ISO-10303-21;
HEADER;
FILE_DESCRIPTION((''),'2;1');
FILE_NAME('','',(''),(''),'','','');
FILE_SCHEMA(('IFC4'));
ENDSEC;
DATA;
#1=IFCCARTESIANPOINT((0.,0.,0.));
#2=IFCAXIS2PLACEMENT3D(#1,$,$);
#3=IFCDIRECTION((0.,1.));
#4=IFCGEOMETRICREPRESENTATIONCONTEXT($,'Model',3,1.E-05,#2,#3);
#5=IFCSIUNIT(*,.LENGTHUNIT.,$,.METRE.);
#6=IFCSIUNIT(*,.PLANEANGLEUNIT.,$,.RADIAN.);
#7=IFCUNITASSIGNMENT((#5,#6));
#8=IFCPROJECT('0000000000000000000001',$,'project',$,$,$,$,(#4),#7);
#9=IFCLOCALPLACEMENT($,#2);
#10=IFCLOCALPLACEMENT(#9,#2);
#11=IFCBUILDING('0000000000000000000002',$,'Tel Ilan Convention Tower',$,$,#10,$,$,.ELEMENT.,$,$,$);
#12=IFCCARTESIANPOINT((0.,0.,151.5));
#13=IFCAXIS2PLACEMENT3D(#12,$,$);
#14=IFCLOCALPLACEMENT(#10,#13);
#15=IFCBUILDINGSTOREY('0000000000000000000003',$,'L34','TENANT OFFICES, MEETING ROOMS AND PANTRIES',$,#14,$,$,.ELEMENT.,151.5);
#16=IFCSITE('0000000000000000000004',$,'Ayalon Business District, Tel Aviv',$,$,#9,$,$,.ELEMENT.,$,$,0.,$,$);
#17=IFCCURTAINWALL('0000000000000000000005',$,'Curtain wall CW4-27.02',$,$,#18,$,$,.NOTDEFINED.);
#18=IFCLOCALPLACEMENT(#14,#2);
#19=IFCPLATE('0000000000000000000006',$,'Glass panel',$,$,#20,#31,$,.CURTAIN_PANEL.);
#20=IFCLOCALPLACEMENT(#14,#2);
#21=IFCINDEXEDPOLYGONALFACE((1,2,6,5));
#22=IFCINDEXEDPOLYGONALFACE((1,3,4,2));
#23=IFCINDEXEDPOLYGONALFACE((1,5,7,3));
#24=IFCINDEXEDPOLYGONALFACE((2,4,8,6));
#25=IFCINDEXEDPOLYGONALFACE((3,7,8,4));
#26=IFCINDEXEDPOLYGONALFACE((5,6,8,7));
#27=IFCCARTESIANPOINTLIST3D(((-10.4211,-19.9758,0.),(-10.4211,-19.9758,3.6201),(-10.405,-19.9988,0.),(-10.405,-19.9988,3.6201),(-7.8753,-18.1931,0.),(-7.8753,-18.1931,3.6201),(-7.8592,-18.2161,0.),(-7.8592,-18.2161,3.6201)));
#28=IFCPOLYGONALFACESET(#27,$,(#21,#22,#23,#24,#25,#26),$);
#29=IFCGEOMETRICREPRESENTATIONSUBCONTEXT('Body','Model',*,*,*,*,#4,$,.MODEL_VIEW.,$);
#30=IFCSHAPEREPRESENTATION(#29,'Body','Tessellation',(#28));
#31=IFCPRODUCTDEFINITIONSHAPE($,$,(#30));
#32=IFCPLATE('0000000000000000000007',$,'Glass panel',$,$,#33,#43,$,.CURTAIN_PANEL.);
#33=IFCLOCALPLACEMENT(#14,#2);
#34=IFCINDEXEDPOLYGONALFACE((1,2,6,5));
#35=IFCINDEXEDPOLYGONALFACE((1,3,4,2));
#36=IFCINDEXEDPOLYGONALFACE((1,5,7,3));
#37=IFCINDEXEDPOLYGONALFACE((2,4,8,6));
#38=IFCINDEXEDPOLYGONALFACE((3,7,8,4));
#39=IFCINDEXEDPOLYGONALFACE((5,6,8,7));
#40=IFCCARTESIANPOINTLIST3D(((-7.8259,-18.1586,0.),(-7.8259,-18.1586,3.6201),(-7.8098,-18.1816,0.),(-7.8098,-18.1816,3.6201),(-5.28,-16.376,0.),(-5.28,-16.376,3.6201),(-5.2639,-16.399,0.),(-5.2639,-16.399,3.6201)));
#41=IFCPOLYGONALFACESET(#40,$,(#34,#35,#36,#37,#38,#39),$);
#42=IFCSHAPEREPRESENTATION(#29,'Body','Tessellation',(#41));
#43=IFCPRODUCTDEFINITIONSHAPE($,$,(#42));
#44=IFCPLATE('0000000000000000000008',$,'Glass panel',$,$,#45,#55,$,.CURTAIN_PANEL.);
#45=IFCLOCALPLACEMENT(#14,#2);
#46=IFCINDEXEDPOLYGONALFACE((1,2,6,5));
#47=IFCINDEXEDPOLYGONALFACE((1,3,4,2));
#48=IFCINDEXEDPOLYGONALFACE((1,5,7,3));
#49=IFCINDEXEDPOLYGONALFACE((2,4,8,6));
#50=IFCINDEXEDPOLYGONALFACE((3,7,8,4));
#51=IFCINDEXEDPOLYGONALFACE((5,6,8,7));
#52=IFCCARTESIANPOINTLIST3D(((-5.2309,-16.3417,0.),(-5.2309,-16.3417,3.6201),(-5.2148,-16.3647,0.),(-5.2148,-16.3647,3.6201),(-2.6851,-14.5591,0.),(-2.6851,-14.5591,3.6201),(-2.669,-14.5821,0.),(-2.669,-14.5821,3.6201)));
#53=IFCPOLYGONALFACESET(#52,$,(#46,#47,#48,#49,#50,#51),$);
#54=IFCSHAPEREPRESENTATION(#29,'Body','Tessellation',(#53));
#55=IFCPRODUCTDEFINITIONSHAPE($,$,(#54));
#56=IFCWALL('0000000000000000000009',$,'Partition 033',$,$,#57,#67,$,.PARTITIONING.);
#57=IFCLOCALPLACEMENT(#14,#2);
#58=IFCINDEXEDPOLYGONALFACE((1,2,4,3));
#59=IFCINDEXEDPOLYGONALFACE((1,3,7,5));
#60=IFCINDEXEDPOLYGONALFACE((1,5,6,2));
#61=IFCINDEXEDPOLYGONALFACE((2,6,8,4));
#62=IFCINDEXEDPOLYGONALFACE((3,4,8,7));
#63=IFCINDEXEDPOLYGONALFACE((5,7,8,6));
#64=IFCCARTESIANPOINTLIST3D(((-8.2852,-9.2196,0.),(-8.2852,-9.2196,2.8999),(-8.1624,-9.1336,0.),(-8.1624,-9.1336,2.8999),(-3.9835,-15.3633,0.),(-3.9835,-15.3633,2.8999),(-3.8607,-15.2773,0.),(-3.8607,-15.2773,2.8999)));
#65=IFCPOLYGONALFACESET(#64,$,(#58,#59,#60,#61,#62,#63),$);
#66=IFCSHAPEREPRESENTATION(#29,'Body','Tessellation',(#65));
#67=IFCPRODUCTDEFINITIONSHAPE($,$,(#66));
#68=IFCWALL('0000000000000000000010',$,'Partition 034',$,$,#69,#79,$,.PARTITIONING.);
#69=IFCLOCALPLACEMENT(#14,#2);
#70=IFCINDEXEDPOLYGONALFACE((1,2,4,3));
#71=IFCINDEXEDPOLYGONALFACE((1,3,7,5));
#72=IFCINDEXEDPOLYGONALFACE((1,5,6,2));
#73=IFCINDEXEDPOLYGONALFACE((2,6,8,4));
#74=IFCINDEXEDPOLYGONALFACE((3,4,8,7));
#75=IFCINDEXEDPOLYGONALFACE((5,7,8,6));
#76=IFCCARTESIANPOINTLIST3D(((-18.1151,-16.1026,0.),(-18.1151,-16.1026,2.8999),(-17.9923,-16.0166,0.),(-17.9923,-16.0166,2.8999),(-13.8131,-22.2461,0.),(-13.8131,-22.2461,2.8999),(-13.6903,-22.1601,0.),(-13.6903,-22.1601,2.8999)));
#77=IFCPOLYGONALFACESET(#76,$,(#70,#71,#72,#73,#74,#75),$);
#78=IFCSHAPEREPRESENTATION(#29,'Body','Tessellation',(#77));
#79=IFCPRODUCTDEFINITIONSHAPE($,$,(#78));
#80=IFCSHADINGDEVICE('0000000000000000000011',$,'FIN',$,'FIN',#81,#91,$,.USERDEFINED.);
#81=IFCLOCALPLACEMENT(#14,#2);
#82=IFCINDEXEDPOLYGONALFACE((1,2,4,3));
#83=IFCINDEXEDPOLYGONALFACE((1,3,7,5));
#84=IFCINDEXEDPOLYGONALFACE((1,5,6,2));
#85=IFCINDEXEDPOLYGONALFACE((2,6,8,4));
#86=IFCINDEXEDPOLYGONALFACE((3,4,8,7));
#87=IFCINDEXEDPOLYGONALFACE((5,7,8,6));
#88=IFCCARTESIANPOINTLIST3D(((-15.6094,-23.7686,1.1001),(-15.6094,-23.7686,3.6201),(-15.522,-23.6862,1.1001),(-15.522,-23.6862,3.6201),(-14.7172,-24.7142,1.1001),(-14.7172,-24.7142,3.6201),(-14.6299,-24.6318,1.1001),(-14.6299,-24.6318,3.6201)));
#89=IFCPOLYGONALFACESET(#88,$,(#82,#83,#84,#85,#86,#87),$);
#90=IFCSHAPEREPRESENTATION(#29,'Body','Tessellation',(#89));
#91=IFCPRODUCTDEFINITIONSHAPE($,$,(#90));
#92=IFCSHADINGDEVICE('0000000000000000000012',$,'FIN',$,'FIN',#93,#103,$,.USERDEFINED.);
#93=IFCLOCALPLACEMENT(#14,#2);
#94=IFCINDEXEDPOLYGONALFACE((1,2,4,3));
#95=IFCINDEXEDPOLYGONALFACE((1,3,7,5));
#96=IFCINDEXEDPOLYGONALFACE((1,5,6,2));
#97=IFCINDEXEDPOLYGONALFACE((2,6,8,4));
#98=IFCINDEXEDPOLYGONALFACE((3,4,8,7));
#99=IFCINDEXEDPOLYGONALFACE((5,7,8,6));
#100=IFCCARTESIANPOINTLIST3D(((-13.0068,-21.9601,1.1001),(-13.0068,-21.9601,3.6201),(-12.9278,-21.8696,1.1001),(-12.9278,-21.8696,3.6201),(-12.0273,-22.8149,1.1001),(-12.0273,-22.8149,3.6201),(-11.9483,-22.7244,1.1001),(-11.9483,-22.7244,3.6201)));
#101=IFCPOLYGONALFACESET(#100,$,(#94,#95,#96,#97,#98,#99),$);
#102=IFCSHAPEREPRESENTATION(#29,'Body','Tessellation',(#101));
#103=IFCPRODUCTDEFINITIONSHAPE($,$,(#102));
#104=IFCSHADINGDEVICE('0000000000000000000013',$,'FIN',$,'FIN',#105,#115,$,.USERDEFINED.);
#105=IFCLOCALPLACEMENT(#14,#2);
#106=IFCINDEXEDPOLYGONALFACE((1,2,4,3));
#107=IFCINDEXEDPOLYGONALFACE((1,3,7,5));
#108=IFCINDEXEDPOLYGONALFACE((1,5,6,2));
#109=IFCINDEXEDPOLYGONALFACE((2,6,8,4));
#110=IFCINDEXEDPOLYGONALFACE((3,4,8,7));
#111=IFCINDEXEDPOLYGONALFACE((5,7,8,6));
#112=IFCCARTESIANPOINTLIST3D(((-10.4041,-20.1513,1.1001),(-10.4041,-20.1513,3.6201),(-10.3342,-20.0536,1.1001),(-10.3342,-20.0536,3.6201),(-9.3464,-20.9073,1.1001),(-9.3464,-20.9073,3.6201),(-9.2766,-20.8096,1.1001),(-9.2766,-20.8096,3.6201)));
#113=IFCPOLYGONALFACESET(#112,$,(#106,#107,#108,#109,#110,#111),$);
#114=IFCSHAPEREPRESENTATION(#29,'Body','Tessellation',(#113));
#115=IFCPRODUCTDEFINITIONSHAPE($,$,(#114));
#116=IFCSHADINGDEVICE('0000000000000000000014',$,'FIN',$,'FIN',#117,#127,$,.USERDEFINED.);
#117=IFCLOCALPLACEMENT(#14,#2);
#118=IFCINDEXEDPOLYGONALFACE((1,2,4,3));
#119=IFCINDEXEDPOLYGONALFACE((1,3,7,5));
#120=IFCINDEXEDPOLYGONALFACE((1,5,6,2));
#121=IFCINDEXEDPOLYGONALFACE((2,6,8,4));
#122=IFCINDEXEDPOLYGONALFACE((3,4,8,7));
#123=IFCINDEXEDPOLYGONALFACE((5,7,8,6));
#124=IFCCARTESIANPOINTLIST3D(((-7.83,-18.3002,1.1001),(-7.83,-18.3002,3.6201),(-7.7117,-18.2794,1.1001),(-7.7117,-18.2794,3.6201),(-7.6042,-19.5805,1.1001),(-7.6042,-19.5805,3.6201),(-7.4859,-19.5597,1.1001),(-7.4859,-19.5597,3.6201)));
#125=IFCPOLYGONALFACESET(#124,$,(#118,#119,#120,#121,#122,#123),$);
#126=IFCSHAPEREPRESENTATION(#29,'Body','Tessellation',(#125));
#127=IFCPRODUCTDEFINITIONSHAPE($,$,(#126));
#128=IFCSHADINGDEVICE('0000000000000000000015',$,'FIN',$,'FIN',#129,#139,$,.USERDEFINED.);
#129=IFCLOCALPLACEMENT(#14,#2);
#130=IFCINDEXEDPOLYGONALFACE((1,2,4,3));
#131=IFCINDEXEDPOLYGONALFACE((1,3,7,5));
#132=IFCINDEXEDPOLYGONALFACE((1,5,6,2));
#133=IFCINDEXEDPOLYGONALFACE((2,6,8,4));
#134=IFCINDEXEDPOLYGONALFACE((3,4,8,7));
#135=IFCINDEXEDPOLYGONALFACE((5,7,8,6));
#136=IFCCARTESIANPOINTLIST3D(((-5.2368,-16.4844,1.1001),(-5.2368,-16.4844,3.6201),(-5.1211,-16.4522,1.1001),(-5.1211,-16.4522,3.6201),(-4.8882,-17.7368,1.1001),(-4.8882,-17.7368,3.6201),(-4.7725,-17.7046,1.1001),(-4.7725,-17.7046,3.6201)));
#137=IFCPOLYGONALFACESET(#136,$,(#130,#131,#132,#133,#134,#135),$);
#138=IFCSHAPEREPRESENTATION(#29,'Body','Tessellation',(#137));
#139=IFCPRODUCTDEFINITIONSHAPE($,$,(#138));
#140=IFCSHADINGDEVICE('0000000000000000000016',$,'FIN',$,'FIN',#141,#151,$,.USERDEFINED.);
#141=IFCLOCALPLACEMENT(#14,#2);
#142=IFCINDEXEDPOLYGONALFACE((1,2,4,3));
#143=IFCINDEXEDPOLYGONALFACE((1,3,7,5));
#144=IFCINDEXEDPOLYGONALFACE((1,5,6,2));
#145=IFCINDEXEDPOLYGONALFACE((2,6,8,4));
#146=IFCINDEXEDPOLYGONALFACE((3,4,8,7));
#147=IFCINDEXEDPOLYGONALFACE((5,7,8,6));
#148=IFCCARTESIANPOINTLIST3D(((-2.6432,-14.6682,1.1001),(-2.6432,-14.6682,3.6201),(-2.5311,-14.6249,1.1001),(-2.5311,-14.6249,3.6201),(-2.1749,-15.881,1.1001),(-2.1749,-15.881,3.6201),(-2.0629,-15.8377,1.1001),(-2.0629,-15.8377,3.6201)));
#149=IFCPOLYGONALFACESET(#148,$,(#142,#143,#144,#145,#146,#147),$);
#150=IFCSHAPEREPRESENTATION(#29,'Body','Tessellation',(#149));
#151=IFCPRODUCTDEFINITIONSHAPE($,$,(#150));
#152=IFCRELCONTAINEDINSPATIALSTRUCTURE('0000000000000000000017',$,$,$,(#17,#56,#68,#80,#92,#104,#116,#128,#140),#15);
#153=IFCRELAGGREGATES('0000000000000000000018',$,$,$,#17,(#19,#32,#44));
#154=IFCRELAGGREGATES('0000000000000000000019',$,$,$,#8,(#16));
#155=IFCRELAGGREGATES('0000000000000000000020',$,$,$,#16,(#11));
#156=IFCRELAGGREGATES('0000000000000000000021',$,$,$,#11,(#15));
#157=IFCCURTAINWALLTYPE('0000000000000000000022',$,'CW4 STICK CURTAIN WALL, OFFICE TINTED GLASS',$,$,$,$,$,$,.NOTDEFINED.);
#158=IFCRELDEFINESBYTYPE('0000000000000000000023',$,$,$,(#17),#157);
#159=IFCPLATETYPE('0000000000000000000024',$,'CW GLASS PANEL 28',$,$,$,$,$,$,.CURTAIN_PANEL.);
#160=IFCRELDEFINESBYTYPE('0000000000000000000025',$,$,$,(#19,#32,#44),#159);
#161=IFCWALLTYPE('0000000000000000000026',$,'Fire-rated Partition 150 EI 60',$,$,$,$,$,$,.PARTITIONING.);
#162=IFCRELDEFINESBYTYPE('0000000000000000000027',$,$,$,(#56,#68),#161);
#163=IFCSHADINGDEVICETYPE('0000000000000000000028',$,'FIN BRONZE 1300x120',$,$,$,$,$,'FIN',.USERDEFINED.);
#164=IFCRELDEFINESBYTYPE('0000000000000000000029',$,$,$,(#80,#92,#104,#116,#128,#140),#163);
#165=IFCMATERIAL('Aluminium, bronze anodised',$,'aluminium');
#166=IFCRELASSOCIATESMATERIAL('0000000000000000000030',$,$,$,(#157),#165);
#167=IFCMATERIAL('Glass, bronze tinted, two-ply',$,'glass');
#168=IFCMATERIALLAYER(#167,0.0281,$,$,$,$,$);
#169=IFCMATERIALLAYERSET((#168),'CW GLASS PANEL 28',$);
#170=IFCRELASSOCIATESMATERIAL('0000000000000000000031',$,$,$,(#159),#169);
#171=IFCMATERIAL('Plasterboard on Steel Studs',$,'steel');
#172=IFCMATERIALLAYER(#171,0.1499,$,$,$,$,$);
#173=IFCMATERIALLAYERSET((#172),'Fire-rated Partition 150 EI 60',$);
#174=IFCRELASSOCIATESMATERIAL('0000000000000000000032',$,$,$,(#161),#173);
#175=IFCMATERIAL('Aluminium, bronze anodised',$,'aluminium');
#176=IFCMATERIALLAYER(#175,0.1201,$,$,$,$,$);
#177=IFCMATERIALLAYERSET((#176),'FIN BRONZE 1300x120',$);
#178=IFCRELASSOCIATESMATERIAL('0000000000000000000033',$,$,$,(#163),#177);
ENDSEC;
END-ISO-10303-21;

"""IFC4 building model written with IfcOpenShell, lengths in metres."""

from ifc_helpers import new_model, si_unit, direction, frame, frame_2d, origin, origin_2d, place, context, subcontext, project, spatial, rectangle, extrude, material, layer, layer_set, type_object, element, aggregate, save


model = new_model("IFC4")

# Units and contexts
model_context = context("Model", 3, precision=1e-05, world=origin(), true_north=direction((0.0, 1.0)))
body_context = subcontext(model_context, "Body", "Model", "MODEL_VIEW")
ifc_project = project(units=[si_unit("LENGTHUNIT", "METRE"), si_unit("PLANEANGLEUNIT", "RADIAN")], contexts=[model_context])

# Site, building, storey
site_placement = place(None, origin())
site = spatial("IfcSite", under=ifc_project, at=site_placement, Name="Ayalon Business District, Tel Aviv", CompositionType="ELEMENT", RefElevation=0.0)
building_placement = place(site_placement, origin())
building = spatial("IfcBuilding", under=site, at=building_placement, Name="Tel Ilan Convention Tower", CompositionType="ELEMENT")
storey_placement = place(building_placement, frame((0.0, 0.0, 151.5)))
storey = spatial("IfcBuildingStorey", under=building, at=storey_placement, Name="L34", Description="TENANT OFFICES, MEETING ROOMS AND PANTRIES", CompositionType="ELEMENT", Elevation=151.5)

# Curtain wall, plates
ifc_material_1 = material(Name="Aluminium, bronze anodised", Category="aluminium")
curtain_wall_type = type_object("IfcCurtainWallType", Name="CW4 STICK CURTAIN WALL, OFFICE TINTED GLASS", PredefinedType="NOTDEFINED", material=ifc_material_1)
curtain_wall_placement = place(storey_placement, origin())
curtain_wall = element("IfcCurtainWall", 1, at=curtain_wall_placement, inside=storey, type_object=curtain_wall_type, Name="Curtain wall CW4-27.02", PredefinedType="NOTDEFINED")
ifc_material_2 = material(Name="Glass, bronze tinted, two-ply", Category="glass")
ifc_layer_1 = layer(ifc_material_2, 0.0281)
ifc_layer_set_1 = layer_set([ifc_layer_1], Name="CW GLASS PANEL 28")
plate_type = type_object("IfcPlateType", Name="CW GLASS PANEL 28", PredefinedType="CURTAIN_PANEL", material=ifc_layer_set_1)
plate_1_placement = place(storey_placement, frame((-9.1401, -19.0959, 0.0), z_axis=(0.0, 0.0, 1.0), x_axis=(0.819152, 0.573576, 0.0)))
plate_1 = element("IfcPlate", 2, at=plate_1_placement, type_object=plate_type, Name="Glass panel", PredefinedType="CURTAIN_PANEL", context=body_context, shape_type="SweptSolid", body=[
    extrude(rectangle(XDim=3.1079, YDim=0.0281, at=origin_2d()), origin(), (0.0, 0.0, 1.0), 3.6201),
])
plate_2_placement = place(storey_placement, frame((-6.5449, -17.2788, 0.0), z_axis=(0.0, 0.0, 1.0), x_axis=(0.819152, 0.573576, 0.0)))
plate_2 = element("IfcPlate", 3, at=plate_2_placement, type_object=plate_type, Name="Glass panel", PredefinedType="CURTAIN_PANEL", context=body_context, shape_type="SweptSolid", body=[
    extrude(rectangle(XDim=3.1079, YDim=0.0281, at=origin_2d()), origin(), (0.0, 0.0, 1.0), 3.6201),
])
plate_3_placement = place(storey_placement, frame((-3.95, -15.4619, 0.0), z_axis=(0.0, 0.0, 1.0), x_axis=(0.819152, 0.573576, 0.0)))
plate_3 = element("IfcPlate", 4, at=plate_3_placement, type_object=plate_type, Name="Glass panel", PredefinedType="CURTAIN_PANEL", context=body_context, shape_type="SweptSolid", body=[
    extrude(rectangle(XDim=3.1079, YDim=0.0281, at=origin_2d()), origin(), (0.0, 0.0, 1.0), 3.6201),
])
aggregate(curtain_wall, [plate_1, plate_2, plate_3])

# Walls
ifc_material_3 = material(Name="Plasterboard on Steel Studs", Category="steel")
ifc_layer_2 = layer(ifc_material_3, 0.1499)
ifc_layer_set_2 = layer_set([ifc_layer_2], Name="Fire-rated Partition 150 EI 60")
wall_type = type_object("IfcWallType", Name="Fire-rated Partition 150 EI 60", PredefinedType="PARTITIONING", material=ifc_layer_set_2)
for number, where, z_axis, x_axis, name in (
    (5, (-3.9221, -15.3203, 0.0), (0.0, 0.0, 1.0), (-0.573561, 0.819163, 0.0), "Partition 033"),
    (6, (-13.7517, -22.2031, 0.0), (0.0, 0.0, 1.0), (-0.573598, 0.819137, 0.0), "Partition 034"),
):
    element("IfcWall", number, at=place(storey_placement, frame(where, z_axis=z_axis, x_axis=x_axis)), inside=storey, type_object=wall_type, Name=name, PredefinedType="PARTITIONING", context=body_context, shape_type="SweptSolid", body=[
        extrude(rectangle(XDim=7.5, YDim=0.1499, at=frame_2d((3.75, 0.0))), origin(), (0.0, 0.0, 1.0), 2.8999),
    ])

# Shading devices
ifc_material_4 = material(Name="Aluminium, bronze anodised", Category="aluminium")
ifc_layer_3 = layer(ifc_material_4, 0.1201)
ifc_layer_set_3 = layer_set([ifc_layer_3], Name="FIN BRONZE 1300x120")
shading_device_type = type_object("IfcShadingDeviceType", Name="FIN BRONZE 1300x120", ElementType="FIN", PredefinedType="USERDEFINED", material=ifc_layer_set_3)
for number, where, z_axis, x_axis, name in (
    (7, (-15.1196, -24.2002, 1.1001), (0.0, 0.0, 1.0), (0.686242, -0.727374, 0.0), "FIN"),
    (8, (-12.4775, -22.3423, 1.1001), (0.0, 0.0, 1.0), (0.753436, -0.657521, 0.0), "FIN"),
    (9, (-9.8403, -20.4805, 1.1001), (0.0, 0.0, 1.0), (0.813552, -0.581492, 0.0), "FIN"),
    (10, (-7.658, -18.9299, 1.1001), (0.0, 0.0, 1.0), (0.173648, -0.984808, 0.0), "FIN"),
    (11, (-5.0046, -17.0945, 1.1001), (0.0, 0.0, 1.0), (0.268173, -0.963371, 0.0), "FIN"),
    (12, (-2.353, -15.2529, 1.1001), (0.0, 0.0, 1.0), (0.360178, -0.932884, 0.0), "FIN"),
):
    element("IfcShadingDevice", number, at=place(storey_placement, frame(where, z_axis=z_axis, x_axis=x_axis)), inside=storey, type_object=shading_device_type, Name=name, ObjectType="FIN", PredefinedType="USERDEFINED", context=body_context, shape_type="SweptSolid", body=[
        extrude(rectangle(XDim=1.3, YDim=0.1201, at=origin_2d()), origin(), (0.0, 0.0, 1.0), 2.52),
    ])

save(model, "model.ifc")
